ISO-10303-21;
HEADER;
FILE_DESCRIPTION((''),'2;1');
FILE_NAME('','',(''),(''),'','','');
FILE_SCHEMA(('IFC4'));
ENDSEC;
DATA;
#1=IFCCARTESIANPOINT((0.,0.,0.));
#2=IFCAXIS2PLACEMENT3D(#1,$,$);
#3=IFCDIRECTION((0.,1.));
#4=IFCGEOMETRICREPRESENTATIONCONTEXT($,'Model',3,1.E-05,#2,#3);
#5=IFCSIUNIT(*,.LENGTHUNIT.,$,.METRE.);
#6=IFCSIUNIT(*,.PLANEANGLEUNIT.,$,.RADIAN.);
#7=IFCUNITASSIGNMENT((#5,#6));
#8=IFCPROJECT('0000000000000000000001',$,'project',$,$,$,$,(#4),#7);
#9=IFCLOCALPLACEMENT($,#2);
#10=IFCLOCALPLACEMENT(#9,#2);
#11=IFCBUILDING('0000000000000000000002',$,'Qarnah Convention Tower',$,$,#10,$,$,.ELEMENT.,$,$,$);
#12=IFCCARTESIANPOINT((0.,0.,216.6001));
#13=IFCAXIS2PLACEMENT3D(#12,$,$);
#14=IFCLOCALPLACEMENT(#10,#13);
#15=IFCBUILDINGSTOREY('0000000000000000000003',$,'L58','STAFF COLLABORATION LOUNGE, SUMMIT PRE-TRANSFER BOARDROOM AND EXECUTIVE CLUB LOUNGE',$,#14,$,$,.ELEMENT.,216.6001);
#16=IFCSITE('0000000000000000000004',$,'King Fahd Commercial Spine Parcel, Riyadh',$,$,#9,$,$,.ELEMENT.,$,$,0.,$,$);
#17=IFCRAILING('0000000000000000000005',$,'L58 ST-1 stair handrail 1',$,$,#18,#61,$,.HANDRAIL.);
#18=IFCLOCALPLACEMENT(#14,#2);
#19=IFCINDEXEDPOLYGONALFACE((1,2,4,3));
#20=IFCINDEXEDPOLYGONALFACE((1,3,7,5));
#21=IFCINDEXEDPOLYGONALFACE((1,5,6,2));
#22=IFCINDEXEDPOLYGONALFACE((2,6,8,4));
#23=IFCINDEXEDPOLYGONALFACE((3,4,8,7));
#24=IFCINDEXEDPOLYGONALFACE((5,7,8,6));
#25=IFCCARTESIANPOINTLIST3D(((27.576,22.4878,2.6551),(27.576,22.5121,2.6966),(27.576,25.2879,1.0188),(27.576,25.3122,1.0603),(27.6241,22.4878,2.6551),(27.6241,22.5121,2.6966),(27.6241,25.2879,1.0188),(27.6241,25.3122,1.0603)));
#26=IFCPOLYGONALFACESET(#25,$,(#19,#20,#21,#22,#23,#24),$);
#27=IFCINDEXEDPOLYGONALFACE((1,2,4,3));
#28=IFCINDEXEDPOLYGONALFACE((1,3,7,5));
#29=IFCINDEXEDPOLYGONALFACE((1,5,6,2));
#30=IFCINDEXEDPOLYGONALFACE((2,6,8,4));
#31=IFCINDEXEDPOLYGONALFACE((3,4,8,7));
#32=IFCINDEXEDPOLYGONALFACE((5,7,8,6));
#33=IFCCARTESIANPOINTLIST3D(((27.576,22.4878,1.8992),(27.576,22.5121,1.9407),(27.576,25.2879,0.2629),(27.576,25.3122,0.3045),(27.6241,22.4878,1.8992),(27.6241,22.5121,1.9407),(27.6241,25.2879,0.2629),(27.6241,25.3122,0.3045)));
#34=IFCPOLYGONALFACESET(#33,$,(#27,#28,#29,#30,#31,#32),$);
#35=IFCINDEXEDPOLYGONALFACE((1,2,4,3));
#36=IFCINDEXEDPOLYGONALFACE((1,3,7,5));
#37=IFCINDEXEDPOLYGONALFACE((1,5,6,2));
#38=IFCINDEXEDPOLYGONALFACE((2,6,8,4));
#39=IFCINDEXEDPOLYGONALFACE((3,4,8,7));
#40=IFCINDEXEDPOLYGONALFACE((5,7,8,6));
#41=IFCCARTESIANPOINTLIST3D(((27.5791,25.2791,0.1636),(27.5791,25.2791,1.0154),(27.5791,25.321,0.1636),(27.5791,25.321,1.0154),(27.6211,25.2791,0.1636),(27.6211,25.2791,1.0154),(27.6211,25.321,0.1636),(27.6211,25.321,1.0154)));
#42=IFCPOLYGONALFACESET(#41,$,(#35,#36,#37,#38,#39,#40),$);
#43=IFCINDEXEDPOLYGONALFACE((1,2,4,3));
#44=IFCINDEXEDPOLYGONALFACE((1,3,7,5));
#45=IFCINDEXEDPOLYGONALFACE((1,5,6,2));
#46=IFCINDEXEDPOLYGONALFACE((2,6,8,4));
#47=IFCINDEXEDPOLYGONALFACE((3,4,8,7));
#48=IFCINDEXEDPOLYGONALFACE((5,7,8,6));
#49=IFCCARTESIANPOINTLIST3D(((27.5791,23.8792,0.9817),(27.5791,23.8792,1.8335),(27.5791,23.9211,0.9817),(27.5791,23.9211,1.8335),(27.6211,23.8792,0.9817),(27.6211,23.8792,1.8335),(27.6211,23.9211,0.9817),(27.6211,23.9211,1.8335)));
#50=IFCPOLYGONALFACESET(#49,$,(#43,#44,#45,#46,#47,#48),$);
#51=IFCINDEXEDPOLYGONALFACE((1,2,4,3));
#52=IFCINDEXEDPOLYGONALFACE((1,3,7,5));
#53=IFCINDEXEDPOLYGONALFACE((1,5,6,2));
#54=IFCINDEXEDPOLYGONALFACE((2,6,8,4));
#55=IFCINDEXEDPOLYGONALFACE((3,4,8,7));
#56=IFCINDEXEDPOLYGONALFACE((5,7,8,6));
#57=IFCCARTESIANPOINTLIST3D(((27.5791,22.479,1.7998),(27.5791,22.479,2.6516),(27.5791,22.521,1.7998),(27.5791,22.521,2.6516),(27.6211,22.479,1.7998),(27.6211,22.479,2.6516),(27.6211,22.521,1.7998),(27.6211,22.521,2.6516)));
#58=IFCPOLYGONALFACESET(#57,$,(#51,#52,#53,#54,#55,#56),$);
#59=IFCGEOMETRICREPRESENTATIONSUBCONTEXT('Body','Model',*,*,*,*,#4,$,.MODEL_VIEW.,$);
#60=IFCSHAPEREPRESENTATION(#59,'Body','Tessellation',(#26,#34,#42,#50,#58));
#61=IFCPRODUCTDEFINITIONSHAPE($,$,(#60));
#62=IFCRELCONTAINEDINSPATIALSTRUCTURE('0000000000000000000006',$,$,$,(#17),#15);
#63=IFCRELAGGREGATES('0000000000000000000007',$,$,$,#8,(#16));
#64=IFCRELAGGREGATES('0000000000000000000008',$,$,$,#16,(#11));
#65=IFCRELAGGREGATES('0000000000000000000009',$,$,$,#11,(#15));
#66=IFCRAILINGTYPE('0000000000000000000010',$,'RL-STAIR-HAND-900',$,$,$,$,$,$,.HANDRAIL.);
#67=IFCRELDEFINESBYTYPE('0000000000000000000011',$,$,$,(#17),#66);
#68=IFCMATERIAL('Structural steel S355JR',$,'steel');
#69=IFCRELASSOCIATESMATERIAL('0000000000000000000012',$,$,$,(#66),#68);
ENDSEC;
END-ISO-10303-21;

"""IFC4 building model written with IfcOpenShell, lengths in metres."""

from ifc_helpers import new_model, si_unit, direction, frame, origin, origin_2d, place, context, subcontext, project, spatial, rectangle, extrude, material, type_object, element, save


model = new_model("IFC4")

# Units and contexts
model_context = context("Model", 3, precision=1e-05, world=origin(), true_north=direction((0.0, 1.0)))
body_context = subcontext(model_context, "Body", "Model", "MODEL_VIEW")
ifc_project = project(units=[si_unit("LENGTHUNIT", "METRE"), si_unit("PLANEANGLEUNIT", "RADIAN")], contexts=[model_context])

# Site, building, storey
site_placement = place(None, origin())
site = spatial("IfcSite", under=ifc_project, at=site_placement, Name="King Fahd Commercial Spine Parcel, Riyadh", CompositionType="ELEMENT", RefElevation=0.0)
building_placement = place(site_placement, origin())
building = spatial("IfcBuilding", under=site, at=building_placement, Name="Qarnah Convention Tower", CompositionType="ELEMENT")
storey_placement = place(building_placement, frame((0.0, 0.0, 216.6001)))
storey = spatial("IfcBuildingStorey", under=building, at=storey_placement, Name="L58", Description="STAFF COLLABORATION LOUNGE, SUMMIT PRE-TRANSFER BOARDROOM AND EXECUTIVE CLUB LOUNGE", CompositionType="ELEMENT", Elevation=216.6001)

# Shared definitions
ifc_material_1 = material(Name="Structural steel S355JR", Category="steel")

# Railing
railing_type_1 = type_object("IfcRailingType", Name="RL-STAIR-HAND-900", PredefinedType="HANDRAIL", material=ifc_material_1)
railing_1_placement = place(storey_placement, frame((27.6001, 25.3, 0.1636)))
element("IfcRailing", 1, at=railing_1_placement, inside=storey, type_object=railing_type_1, Name="L58 ST-1 stair handrail 1", PredefinedType="HANDRAIL", context=body_context, shape_type="SweptSolid", body=[
    extrude(rectangle(XDim=0.0481, YDim=0.0481, at=origin_2d()), frame((0.0, 0.0, 0.876), z_axis=(0.0, -0.863394, 0.504531), x_axis=(1.0, 0.0, 0.0)), (0.0, 0.0, 1.0), 3.2432),
    extrude(rectangle(XDim=0.0481, YDim=0.0481, at=origin_2d()), frame((0.0, 0.0, 0.1201), z_axis=(0.0, -0.863394, 0.504531), x_axis=(1.0, 0.0, 0.0)), (0.0, 0.0, 1.0), 3.2432),
    extrude(rectangle(XDim=0.042, YDim=0.042, at=origin_2d()), origin(), (0.0, 0.0, 1.0), 0.8518),
    extrude(rectangle(XDim=0.042, YDim=0.042, at=origin_2d()), frame((0.0, -1.3999, 0.8181)), (0.0, 0.0, 1.0), 0.8518),
    extrude(rectangle(XDim=0.042, YDim=0.042, at=origin_2d()), frame((0.0, -2.8, 1.6362)), (0.0, 0.0, 1.0), 0.8518),
])

save(model, "model.ifc")
